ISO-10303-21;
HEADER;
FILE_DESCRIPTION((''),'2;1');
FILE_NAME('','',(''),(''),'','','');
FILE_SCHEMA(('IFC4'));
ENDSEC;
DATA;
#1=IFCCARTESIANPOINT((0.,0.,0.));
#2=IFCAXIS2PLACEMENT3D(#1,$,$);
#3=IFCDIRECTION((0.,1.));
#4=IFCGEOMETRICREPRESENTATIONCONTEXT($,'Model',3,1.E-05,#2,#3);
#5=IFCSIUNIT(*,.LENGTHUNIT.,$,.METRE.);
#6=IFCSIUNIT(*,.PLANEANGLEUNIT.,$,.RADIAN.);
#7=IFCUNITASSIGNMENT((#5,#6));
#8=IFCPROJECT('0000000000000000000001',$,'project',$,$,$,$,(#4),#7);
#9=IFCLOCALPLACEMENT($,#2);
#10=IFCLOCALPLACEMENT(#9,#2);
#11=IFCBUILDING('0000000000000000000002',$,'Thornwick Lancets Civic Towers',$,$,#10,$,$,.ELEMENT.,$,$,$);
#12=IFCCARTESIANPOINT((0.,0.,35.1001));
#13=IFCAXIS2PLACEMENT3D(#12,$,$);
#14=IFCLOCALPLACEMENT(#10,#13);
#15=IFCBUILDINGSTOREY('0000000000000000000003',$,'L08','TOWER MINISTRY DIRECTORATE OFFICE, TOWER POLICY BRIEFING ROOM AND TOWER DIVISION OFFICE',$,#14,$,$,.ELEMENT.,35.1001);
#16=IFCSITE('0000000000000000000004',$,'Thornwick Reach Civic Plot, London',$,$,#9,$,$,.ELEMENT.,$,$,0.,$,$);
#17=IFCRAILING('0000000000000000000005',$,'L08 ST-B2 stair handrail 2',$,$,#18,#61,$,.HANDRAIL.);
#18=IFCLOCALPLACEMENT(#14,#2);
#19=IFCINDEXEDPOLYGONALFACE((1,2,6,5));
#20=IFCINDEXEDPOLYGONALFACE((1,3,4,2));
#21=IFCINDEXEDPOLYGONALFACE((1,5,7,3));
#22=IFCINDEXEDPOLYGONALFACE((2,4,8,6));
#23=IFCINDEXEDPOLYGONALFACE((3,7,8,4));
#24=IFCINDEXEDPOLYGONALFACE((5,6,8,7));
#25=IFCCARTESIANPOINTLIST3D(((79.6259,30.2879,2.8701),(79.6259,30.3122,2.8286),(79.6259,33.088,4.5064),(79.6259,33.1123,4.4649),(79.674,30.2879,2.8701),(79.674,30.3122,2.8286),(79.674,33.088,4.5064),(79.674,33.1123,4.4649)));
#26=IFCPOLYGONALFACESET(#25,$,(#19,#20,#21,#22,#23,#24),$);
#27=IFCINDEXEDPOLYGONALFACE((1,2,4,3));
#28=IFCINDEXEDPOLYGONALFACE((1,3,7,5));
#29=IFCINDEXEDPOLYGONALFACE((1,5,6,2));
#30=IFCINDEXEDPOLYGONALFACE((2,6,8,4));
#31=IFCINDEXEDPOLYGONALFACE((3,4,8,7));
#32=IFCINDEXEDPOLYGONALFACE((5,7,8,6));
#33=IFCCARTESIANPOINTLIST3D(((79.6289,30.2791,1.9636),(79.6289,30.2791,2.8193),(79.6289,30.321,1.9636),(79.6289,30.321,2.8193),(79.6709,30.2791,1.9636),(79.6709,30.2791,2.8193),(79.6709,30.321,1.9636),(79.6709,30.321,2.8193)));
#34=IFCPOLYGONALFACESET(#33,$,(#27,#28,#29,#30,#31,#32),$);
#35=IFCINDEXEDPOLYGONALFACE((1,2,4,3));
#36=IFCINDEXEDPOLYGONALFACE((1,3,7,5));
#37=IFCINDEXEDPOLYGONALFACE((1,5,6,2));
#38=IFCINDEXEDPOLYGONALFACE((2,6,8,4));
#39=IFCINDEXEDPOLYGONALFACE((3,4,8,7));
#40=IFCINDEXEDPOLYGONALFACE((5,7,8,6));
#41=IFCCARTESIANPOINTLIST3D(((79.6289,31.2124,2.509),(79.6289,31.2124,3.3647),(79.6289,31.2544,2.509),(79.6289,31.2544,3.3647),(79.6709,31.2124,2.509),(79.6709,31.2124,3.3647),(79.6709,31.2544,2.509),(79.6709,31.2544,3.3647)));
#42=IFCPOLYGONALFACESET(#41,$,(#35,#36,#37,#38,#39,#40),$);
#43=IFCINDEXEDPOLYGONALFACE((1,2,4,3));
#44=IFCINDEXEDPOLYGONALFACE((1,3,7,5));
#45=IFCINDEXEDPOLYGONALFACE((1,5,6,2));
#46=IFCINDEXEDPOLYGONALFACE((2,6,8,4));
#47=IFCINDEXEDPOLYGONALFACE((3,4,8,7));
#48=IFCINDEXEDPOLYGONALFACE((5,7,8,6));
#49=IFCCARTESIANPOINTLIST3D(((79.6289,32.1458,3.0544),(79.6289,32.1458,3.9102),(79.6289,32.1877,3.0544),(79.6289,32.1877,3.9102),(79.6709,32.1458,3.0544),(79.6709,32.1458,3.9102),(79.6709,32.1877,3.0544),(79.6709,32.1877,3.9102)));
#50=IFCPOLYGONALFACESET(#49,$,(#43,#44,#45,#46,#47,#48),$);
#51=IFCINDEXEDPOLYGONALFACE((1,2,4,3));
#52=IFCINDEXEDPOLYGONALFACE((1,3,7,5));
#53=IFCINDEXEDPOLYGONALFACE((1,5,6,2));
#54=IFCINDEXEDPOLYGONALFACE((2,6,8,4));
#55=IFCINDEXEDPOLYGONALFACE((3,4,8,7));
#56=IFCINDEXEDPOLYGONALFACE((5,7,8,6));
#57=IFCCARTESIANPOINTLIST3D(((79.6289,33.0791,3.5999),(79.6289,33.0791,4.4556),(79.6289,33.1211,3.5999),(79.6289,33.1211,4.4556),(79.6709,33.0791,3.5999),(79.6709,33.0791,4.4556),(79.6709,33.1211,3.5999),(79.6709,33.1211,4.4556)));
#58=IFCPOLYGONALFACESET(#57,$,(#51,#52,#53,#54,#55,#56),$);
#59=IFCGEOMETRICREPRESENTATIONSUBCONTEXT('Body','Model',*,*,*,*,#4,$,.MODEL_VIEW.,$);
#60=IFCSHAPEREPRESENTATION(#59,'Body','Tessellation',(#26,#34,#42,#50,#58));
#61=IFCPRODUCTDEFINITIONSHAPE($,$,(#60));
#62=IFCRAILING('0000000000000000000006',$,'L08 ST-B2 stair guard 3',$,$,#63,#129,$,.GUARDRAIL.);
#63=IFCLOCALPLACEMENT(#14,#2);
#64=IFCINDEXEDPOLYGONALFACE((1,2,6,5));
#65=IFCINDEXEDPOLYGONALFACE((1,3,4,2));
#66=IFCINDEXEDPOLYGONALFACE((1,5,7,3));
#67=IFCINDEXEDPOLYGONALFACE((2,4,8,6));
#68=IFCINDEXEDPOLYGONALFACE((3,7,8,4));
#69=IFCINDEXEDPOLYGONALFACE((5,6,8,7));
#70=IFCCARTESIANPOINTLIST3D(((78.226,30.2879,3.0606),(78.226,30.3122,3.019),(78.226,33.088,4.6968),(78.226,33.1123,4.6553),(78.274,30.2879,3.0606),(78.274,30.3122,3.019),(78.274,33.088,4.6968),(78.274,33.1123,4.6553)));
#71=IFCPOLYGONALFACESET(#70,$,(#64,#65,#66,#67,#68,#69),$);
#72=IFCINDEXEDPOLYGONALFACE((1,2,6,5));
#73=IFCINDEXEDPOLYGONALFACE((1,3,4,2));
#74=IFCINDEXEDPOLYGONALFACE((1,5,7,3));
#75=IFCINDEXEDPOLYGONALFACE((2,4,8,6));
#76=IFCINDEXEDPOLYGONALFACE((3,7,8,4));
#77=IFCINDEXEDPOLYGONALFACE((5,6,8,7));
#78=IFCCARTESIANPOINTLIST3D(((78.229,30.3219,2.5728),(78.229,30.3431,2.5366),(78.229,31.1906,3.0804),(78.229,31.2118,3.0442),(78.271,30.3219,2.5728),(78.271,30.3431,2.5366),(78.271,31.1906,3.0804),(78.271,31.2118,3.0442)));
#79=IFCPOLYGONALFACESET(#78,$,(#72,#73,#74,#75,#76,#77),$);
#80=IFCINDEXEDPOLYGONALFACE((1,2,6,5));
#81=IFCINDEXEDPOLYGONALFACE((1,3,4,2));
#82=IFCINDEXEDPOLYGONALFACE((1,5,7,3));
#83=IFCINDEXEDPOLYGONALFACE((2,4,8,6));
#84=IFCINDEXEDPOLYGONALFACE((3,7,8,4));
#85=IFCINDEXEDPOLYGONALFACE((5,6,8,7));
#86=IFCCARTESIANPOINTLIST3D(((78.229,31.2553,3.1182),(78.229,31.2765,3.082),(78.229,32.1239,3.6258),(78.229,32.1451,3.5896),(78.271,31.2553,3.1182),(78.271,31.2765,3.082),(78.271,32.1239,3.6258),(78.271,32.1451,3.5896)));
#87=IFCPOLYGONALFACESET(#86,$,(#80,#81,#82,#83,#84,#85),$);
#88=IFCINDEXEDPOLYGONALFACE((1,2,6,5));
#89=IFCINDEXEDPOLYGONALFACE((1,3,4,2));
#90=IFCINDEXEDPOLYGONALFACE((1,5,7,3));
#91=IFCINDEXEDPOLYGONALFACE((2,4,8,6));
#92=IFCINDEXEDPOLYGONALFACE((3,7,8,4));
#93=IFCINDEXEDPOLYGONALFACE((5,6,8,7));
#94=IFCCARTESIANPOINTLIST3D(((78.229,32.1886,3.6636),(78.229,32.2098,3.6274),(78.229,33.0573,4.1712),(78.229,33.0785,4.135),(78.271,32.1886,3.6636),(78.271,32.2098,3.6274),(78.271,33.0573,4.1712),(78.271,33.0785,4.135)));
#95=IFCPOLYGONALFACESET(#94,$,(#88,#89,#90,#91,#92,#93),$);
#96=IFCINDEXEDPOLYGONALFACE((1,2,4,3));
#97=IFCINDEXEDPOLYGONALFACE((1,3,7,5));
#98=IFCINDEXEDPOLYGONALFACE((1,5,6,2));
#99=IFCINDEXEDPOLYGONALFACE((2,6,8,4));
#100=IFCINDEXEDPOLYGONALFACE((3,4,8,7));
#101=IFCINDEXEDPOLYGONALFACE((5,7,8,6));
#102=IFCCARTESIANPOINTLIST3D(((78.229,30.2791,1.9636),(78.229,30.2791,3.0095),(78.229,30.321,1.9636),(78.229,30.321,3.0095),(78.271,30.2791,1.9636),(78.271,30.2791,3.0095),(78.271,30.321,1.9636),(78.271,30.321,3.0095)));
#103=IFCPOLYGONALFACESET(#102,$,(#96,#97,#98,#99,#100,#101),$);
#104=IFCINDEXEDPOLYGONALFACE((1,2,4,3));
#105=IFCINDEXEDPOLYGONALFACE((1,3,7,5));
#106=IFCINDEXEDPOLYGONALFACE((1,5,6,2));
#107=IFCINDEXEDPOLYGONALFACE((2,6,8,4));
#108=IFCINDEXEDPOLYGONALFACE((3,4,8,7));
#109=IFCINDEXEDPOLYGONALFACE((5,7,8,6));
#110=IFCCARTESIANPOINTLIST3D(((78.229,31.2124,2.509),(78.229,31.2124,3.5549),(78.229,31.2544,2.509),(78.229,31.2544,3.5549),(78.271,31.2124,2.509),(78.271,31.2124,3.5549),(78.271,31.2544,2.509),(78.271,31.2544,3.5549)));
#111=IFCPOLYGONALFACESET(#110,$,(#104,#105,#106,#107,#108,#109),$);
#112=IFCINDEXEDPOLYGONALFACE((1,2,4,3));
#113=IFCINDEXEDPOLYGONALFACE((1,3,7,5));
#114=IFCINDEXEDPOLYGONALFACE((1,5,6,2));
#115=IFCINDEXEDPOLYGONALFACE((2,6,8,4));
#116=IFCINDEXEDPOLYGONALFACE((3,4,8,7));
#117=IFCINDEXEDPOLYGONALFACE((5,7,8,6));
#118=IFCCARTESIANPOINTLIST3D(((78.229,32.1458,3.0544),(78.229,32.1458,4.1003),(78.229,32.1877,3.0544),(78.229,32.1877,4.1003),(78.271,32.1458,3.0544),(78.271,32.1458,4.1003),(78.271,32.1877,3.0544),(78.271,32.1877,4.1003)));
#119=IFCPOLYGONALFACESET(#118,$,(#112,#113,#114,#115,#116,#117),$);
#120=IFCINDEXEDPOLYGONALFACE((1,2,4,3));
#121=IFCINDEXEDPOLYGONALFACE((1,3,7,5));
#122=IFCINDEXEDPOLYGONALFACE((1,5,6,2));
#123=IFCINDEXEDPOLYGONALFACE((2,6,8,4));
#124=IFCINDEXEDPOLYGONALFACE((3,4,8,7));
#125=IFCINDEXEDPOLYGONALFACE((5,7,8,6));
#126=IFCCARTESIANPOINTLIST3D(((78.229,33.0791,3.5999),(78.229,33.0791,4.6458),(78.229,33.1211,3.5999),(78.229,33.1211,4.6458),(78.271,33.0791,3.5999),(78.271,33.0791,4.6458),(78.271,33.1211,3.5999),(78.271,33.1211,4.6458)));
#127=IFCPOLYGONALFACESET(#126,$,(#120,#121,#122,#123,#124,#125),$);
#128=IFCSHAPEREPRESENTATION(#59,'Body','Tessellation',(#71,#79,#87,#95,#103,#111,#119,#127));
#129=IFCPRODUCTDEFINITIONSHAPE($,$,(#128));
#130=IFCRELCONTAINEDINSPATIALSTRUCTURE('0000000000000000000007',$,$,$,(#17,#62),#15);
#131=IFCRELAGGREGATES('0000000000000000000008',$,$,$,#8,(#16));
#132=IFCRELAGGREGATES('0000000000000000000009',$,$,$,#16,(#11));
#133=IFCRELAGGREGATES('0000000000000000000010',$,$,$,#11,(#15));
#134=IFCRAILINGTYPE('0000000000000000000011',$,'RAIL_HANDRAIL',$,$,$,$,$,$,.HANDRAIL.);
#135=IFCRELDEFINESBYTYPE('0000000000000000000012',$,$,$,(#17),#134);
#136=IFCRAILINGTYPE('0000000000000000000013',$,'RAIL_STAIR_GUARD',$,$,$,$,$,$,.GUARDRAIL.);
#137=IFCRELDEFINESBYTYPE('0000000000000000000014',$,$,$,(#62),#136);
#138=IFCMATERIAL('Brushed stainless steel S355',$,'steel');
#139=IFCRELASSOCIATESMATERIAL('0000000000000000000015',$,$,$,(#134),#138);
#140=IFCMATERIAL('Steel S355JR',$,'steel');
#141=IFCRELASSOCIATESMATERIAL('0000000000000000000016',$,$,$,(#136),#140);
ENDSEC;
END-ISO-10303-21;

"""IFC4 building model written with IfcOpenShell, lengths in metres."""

from ifc_helpers import new_model, si_unit, direction, frame, origin, origin_2d, place, context, subcontext, project, spatial, rectangle, extrude, material, type_object, element, save


model = new_model("IFC4")

# Units and contexts
model_context = context("Model", 3, precision=1e-05, world=origin(), true_north=direction((0.0, 1.0)))
body_context = subcontext(model_context, "Body", "Model", "MODEL_VIEW")
ifc_project = project(units=[si_unit("LENGTHUNIT", "METRE"), si_unit("PLANEANGLEUNIT", "RADIAN")], contexts=[model_context])

# Site, building, storey
site_placement = place(None, origin())
site = spatial("IfcSite", under=ifc_project, at=site_placement, Name="Thornwick Reach Civic Plot, London", CompositionType="ELEMENT", RefElevation=0.0)
building_placement = place(site_placement, origin())
building = spatial("IfcBuilding", under=site, at=building_placement, Name="Thornwick Lancets Civic Towers", CompositionType="ELEMENT")
storey_placement = place(building_placement, frame((0.0, 0.0, 35.1001)))
storey = spatial("IfcBuildingStorey", under=building, at=storey_placement, Name="L08", Description="TOWER MINISTRY DIRECTORATE OFFICE, TOWER POLICY BRIEFING ROOM AND TOWER DIVISION OFFICE", CompositionType="ELEMENT", Elevation=35.1001)

# Shared definitions
ifc_material_1 = material(Name="Steel S355JR", Category="steel")

# Railings
ifc_material_2 = material(Name="Brushed stainless steel S355", Category="steel")
railing_type_1 = type_object("IfcRailingType", Name="RAIL_HANDRAIL", PredefinedType="HANDRAIL", material=ifc_material_2)
railing_1_placement = place(storey_placement, frame((79.6499, 30.3, 1.9636)))
element("IfcRailing", 1, at=railing_1_placement, inside=storey, type_object=railing_type_1, Name="L08 ST-B2 stair handrail 2", PredefinedType="HANDRAIL", context=body_context, shape_type="SweptSolid", body=[
    extrude(rectangle(XDim=0.0481, YDim=0.0481, at=origin_2d()), frame((0.0, 0.0, 0.8857), z_axis=(0.0, 0.863394, 0.504531), x_axis=(-1.0, 0.0, 0.0)), (0.0, 0.0, 1.0), 3.2432),
    extrude(rectangle(XDim=0.042, YDim=0.042, at=origin_2d()), origin(), (0.0, 0.0, 1.0), 0.8557),
    extrude(rectangle(XDim=0.042, YDim=0.042, at=origin_2d()), frame((0.0, 0.9333, 0.5454)), (0.0, 0.0, 1.0), 0.8557),
    extrude(rectangle(XDim=0.042, YDim=0.042, at=origin_2d()), frame((0.0, 1.8667, 1.0908)), (0.0, 0.0, 1.0), 0.8557),
    extrude(rectangle(XDim=0.042, YDim=0.042, at=origin_2d()), frame((0.0, 2.8, 1.6362)), (0.0, 0.0, 1.0), 0.8557),
])
railing_type_2 = type_object("IfcRailingType", Name="RAIL_STAIR_GUARD", PredefinedType="GUARDRAIL", material=ifc_material_1)
railing_2_placement = place(storey_placement, frame((78.25, 30.3, 1.9636)))
element("IfcRailing", 2, at=railing_2_placement, inside=storey, type_object=railing_type_2, Name="L08 ST-B2 stair guard 3", PredefinedType="GUARDRAIL", context=body_context, shape_type="SweptSolid", body=[
    extrude(rectangle(XDim=0.0481, YDim=0.0481, at=origin_2d()), frame((0.0, 0.0, 1.0762), z_axis=(0.0, 0.863394, 0.504531), x_axis=(-1.0, 0.0, 0.0)), (0.0, 0.0, 1.0), 3.2432),
    extrude(rectangle(XDim=0.042, YDim=0.042, at=origin_2d()), frame((0.0, 0.0325, 0.5911), z_axis=(0.0, 0.863394, 0.504531), x_axis=(-1.0, 0.0, 0.0)), (0.0, 0.0, 1.0), 1.0061),
    extrude(rectangle(XDim=0.042, YDim=0.042, at=origin_2d()), frame((0.0, 0.9658, 1.1365), z_axis=(0.0, 0.863394, 0.504531), x_axis=(-1.0, 0.0, 0.0)), (0.0, 0.0, 1.0), 1.0061),
    extrude(rectangle(XDim=0.042, YDim=0.042, at=origin_2d()), frame((0.0, 1.8992, 1.6819), z_axis=(0.0, 0.863394, 0.504531), x_axis=(-1.0, 0.0, 0.0)), (0.0, 0.0, 1.0), 1.0061),
    extrude(rectangle(XDim=0.042, YDim=0.042, at=origin_2d()), origin(), (0.0, 0.0, 1.0), 1.0459),
    extrude(rectangle(XDim=0.042, YDim=0.042, at=origin_2d()), frame((0.0, 0.9333, 0.5454)), (0.0, 0.0, 1.0), 1.0459),
    extrude(rectangle(XDim=0.042, YDim=0.042, at=origin_2d()), frame((0.0, 1.8667, 1.0908)), (0.0, 0.0, 1.0), 1.0459),
    extrude(rectangle(XDim=0.042, YDim=0.042, at=origin_2d()), frame((0.0, 2.8, 1.6362)), (0.0, 0.0, 1.0), 1.0459),
])

save(model, "model.ifc")
